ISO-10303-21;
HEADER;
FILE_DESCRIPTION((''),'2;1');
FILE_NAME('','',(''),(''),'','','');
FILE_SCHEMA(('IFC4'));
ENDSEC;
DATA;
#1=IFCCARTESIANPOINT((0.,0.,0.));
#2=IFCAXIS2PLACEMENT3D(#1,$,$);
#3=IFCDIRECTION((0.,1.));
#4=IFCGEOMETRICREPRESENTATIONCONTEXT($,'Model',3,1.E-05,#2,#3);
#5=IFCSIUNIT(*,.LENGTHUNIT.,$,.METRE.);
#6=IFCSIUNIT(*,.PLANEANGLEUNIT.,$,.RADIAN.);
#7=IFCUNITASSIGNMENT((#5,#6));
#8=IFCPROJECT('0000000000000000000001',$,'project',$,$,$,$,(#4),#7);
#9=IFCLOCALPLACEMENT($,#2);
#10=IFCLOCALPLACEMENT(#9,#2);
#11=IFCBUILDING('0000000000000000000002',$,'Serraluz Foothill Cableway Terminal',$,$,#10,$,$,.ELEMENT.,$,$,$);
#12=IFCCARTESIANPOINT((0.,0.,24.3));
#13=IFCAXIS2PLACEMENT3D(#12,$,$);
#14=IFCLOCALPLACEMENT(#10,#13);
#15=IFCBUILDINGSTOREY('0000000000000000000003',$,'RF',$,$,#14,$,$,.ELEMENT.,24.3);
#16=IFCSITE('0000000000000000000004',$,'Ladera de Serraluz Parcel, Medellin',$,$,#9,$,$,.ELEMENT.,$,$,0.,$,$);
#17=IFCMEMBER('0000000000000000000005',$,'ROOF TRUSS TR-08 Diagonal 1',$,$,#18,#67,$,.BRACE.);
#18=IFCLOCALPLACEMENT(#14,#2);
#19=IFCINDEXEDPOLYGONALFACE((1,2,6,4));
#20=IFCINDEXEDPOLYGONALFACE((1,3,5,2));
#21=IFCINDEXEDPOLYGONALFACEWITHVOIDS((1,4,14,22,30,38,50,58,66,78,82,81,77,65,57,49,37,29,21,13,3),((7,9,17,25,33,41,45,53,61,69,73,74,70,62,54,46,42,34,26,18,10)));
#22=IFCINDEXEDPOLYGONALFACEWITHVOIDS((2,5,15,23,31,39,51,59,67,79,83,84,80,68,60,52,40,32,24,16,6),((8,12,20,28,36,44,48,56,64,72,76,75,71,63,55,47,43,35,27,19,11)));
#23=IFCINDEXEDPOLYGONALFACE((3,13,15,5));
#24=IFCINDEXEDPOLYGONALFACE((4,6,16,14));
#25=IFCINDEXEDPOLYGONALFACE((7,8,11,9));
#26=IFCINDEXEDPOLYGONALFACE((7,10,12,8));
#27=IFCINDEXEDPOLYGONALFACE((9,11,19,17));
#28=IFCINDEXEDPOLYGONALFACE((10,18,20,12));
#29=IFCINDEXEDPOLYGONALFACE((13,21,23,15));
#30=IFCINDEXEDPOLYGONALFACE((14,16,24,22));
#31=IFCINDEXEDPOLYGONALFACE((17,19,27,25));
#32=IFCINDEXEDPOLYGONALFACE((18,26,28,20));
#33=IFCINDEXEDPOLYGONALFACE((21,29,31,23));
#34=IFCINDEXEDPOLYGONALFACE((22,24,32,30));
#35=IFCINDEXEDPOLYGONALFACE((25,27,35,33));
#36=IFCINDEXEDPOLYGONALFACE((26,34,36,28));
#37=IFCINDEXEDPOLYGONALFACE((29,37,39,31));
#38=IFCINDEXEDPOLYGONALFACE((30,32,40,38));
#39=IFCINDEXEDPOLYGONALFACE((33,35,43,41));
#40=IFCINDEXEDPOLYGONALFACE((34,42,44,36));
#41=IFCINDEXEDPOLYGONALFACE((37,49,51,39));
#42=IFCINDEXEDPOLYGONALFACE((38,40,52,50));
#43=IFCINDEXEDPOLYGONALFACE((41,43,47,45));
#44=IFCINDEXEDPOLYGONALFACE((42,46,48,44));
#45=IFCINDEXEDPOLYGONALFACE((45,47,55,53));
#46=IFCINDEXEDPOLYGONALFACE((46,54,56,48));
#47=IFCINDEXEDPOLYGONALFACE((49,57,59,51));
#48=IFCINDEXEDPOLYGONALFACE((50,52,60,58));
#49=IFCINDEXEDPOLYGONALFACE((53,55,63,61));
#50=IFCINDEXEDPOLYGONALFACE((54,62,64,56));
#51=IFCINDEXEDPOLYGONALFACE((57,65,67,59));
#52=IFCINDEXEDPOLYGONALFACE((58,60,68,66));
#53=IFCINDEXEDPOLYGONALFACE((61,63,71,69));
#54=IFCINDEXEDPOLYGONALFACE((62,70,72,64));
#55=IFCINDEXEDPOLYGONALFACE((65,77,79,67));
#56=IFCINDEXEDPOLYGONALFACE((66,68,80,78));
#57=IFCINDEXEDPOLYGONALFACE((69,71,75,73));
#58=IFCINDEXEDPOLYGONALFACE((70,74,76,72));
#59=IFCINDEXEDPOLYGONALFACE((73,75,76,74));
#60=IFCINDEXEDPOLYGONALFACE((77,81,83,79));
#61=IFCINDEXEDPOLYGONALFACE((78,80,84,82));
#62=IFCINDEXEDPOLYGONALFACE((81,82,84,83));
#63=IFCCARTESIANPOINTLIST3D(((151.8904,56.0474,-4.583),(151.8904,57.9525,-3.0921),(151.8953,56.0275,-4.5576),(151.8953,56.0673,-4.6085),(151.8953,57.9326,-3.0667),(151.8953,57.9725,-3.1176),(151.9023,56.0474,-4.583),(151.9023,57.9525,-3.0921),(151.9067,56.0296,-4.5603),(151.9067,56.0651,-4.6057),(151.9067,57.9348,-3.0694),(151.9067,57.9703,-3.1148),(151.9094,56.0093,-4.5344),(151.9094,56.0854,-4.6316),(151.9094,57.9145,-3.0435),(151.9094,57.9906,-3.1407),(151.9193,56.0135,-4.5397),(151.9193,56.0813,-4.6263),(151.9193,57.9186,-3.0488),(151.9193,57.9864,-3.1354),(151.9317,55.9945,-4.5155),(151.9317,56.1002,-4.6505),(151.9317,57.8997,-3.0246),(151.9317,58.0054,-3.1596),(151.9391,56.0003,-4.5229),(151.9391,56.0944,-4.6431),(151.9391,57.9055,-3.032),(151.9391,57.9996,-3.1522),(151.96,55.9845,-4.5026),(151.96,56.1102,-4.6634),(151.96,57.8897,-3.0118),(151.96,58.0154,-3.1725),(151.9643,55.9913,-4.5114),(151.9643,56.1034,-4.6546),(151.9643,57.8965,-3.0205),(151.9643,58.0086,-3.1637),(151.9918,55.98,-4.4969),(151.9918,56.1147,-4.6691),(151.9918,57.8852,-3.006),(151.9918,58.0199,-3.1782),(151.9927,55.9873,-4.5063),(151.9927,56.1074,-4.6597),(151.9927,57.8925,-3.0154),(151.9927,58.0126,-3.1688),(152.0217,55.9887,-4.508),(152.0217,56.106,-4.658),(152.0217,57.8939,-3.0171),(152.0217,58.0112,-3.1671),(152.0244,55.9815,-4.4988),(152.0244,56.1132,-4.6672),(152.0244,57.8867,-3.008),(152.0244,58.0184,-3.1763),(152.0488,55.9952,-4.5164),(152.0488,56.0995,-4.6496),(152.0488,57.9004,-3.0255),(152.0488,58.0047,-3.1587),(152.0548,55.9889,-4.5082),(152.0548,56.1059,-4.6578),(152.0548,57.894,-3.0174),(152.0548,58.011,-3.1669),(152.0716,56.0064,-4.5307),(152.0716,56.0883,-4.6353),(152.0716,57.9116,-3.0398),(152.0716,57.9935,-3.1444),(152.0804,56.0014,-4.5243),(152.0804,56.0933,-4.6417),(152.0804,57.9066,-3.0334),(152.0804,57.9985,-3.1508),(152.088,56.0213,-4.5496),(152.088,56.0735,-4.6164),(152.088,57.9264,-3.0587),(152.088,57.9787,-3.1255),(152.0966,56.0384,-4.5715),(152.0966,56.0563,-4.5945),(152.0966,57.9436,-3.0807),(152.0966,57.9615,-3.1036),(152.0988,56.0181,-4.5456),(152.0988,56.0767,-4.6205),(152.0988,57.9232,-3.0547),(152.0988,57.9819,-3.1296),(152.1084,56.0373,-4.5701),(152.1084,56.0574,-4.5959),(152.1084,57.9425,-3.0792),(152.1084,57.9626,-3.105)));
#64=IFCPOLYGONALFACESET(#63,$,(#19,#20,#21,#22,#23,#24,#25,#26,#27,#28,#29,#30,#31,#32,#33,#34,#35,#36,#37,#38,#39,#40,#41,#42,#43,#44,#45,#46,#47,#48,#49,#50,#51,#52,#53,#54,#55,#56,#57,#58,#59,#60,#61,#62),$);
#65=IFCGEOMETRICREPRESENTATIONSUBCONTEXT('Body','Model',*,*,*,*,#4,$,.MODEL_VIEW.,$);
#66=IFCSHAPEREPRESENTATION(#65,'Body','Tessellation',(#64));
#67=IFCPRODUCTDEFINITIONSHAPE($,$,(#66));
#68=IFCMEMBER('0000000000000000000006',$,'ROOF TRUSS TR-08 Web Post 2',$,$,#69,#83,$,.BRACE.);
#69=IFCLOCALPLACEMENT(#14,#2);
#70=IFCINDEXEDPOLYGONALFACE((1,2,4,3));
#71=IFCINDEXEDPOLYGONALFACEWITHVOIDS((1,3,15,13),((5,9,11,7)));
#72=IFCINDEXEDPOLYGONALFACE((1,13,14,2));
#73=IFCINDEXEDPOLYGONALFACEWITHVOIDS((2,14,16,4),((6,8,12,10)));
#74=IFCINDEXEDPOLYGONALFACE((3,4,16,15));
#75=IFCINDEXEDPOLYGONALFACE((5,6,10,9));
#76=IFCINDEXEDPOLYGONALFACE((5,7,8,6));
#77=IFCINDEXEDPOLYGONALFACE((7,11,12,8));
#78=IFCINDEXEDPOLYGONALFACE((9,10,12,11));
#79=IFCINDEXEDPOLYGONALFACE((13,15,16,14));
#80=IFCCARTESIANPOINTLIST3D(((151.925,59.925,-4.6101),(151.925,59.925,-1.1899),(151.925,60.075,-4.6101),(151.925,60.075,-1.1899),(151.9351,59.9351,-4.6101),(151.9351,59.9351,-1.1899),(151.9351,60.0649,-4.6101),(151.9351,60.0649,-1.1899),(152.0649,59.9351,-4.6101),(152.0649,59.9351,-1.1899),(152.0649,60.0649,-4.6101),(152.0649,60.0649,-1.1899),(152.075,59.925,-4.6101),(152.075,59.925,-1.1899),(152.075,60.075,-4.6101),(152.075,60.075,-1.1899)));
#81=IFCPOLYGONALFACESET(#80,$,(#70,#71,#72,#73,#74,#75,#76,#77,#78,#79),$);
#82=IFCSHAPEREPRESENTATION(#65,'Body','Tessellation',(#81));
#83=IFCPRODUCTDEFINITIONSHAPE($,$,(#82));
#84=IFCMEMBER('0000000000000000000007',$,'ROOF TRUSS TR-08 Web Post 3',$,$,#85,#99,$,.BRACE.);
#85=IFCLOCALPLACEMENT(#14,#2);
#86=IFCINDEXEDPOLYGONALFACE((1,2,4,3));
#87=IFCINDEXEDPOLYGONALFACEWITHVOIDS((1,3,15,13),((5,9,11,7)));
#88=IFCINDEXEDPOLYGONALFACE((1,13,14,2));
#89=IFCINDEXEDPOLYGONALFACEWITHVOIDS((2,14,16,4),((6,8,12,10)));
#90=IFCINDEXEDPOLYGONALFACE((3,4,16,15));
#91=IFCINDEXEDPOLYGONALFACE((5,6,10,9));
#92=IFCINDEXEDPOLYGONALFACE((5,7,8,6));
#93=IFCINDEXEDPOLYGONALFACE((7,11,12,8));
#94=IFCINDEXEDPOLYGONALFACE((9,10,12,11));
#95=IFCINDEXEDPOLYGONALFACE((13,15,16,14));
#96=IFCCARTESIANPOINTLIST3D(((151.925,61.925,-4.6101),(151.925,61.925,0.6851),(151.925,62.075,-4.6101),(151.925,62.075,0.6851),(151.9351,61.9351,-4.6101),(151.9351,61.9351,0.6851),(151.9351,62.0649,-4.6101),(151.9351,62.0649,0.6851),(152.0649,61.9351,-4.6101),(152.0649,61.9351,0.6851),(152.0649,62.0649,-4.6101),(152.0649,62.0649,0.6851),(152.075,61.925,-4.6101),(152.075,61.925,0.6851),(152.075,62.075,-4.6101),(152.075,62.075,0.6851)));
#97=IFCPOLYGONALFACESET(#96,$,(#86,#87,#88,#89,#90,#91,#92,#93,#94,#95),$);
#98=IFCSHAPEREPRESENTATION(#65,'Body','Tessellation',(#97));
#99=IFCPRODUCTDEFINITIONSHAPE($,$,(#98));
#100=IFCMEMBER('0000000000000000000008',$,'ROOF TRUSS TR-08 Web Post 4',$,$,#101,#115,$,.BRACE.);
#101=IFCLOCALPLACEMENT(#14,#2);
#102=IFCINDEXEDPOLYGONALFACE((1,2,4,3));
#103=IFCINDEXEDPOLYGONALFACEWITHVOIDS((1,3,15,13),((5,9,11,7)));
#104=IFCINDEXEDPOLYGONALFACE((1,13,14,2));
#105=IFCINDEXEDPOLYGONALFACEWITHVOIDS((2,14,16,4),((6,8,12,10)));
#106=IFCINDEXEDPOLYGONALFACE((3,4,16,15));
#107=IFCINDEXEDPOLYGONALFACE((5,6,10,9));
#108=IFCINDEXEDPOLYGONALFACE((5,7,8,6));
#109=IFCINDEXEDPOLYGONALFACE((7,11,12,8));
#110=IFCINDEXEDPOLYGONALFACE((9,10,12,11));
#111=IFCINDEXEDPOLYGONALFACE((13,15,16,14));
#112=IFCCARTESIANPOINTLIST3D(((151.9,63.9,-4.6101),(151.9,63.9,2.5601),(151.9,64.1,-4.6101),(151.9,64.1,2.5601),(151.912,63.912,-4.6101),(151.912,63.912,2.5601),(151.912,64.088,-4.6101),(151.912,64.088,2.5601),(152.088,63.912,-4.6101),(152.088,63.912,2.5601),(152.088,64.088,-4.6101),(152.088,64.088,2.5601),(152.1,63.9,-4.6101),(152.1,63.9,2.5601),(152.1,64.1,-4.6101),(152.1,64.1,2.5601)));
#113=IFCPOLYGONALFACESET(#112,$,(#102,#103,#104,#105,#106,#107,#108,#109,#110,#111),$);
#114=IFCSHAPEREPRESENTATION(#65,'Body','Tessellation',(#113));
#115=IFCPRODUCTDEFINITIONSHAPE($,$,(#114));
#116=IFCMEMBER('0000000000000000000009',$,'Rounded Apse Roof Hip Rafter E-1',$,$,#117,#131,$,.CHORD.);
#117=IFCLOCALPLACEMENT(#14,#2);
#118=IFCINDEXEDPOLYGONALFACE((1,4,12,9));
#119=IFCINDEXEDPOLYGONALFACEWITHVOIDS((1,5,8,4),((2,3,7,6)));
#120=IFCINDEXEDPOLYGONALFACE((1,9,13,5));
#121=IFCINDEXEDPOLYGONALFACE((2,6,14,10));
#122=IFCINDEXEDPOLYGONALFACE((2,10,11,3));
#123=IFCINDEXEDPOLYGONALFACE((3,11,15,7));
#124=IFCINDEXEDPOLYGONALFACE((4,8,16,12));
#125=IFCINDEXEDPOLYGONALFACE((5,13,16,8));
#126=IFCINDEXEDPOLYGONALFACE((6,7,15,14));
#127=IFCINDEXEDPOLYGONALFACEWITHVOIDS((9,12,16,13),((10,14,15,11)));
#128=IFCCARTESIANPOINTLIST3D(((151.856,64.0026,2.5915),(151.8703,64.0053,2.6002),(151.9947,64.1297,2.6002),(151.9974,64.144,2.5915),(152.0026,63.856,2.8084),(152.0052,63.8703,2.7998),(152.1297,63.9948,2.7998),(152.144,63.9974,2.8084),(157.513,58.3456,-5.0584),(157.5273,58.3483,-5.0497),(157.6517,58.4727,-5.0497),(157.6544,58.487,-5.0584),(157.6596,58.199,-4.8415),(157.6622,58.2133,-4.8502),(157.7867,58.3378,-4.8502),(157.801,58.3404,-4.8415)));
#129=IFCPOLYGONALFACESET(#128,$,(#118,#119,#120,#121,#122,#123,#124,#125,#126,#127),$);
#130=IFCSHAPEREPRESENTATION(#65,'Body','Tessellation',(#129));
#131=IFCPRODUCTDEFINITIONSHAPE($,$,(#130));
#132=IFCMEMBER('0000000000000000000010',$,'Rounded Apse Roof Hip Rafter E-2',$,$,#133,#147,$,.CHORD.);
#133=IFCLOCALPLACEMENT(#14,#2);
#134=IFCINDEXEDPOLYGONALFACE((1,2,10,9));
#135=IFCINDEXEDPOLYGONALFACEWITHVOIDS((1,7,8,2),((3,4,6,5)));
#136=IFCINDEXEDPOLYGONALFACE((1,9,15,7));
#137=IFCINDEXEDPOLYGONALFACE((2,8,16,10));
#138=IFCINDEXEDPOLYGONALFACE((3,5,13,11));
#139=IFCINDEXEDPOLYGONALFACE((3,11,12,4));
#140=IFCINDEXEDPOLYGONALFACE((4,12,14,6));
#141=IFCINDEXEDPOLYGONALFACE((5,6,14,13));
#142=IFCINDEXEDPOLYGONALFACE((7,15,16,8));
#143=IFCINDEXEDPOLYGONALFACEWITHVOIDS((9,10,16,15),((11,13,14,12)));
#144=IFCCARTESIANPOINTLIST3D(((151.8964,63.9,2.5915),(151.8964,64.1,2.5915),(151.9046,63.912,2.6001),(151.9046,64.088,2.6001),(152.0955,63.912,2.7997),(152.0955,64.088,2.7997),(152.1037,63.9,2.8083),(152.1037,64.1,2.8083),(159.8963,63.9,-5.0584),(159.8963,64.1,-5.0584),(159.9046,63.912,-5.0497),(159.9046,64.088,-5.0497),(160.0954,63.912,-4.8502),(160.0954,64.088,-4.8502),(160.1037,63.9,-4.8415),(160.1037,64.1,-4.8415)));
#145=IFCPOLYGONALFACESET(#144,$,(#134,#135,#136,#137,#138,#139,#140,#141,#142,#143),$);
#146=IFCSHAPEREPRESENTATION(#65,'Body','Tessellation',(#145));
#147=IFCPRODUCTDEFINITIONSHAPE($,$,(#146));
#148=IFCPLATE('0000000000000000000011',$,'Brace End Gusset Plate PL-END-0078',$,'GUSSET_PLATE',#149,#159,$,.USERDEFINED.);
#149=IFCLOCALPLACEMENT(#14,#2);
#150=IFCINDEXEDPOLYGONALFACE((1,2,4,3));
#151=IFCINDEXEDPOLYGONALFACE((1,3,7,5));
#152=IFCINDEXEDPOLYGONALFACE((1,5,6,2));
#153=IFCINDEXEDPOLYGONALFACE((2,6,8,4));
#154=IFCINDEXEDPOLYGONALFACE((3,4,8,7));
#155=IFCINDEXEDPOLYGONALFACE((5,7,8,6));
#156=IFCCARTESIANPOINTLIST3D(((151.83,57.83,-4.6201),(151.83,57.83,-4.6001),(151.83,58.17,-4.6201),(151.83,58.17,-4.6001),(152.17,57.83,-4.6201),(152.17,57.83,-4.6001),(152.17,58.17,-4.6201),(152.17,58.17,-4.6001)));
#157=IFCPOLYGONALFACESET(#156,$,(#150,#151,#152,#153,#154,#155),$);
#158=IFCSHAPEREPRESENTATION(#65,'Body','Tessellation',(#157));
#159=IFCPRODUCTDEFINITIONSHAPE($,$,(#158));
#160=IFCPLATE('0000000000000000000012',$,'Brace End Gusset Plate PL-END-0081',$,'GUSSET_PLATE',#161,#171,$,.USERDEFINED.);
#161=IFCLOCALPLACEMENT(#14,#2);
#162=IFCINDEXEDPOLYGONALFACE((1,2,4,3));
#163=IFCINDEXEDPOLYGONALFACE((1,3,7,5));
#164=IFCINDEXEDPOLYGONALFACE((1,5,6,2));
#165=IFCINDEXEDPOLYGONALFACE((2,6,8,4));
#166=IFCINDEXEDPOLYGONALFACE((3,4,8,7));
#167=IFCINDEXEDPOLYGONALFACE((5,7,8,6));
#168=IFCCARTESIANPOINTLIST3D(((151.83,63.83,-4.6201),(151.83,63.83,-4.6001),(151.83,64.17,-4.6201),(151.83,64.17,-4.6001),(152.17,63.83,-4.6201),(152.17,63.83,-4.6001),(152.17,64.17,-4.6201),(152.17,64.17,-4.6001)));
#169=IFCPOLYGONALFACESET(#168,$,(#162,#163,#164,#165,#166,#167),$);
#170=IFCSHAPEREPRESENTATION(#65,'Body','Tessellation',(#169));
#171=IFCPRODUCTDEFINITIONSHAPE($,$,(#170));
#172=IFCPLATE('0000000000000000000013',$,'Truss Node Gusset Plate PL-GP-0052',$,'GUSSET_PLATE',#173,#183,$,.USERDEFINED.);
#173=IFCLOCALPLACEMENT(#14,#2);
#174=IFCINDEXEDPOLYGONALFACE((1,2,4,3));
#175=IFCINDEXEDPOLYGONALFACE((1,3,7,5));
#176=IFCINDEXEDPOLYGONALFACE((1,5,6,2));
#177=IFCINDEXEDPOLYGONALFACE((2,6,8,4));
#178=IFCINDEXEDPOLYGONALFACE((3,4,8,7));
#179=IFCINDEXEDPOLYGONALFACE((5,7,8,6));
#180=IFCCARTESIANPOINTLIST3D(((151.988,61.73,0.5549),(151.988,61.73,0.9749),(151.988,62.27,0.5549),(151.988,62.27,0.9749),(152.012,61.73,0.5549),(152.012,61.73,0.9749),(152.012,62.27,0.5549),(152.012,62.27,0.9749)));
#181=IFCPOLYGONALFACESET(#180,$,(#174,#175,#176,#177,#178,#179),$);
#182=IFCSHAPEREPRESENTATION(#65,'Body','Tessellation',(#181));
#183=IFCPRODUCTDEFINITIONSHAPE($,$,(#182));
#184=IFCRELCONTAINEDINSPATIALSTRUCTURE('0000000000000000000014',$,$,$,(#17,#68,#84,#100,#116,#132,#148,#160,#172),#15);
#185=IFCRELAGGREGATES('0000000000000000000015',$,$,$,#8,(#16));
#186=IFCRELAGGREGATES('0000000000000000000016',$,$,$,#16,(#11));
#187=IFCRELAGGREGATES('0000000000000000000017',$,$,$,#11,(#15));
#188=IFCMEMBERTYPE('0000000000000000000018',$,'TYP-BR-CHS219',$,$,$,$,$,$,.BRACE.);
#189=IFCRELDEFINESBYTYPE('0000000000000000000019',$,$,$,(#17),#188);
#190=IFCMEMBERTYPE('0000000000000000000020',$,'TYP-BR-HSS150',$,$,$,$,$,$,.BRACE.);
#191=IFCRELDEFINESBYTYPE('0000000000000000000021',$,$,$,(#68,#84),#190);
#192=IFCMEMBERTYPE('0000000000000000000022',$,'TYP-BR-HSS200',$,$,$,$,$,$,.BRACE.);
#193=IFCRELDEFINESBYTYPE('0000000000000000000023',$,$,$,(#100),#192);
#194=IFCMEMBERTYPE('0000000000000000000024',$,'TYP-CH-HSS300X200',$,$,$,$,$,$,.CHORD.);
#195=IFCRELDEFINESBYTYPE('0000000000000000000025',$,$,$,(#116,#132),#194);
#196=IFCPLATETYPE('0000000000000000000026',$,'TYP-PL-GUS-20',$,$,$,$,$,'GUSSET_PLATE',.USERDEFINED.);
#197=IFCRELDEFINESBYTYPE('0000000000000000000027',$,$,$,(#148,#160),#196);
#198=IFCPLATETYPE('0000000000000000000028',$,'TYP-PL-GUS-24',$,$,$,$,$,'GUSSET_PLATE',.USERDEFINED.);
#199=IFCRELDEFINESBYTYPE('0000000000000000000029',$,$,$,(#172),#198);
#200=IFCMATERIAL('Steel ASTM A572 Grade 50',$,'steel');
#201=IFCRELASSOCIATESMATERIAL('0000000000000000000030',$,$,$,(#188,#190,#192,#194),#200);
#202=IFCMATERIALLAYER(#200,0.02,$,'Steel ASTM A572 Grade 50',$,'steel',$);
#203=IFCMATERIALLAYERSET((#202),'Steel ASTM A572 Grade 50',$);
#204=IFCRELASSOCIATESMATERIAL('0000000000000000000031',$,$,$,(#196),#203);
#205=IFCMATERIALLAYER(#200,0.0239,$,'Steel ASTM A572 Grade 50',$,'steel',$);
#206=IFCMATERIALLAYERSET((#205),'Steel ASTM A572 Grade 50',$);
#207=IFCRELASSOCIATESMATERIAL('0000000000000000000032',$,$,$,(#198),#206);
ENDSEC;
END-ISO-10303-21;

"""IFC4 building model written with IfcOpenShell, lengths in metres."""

from ifc_helpers import new_model, si_unit, direction, frame, origin, origin_2d, place, context, subcontext, project, spatial, rectangle, hollow_rectangle, hollow_circle, extrude, material, layer, layer_set, material_profile, profile_set, type_object, element, save


model = new_model("IFC4")

# Units and contexts
model_context = context("Model", 3, precision=1e-05, world=origin(), true_north=direction((0.0, 1.0)))
body_context = subcontext(model_context, "Body", "Model", "MODEL_VIEW")
ifc_project = project(units=[si_unit("LENGTHUNIT", "METRE"), si_unit("PLANEANGLEUNIT", "RADIAN")], contexts=[model_context])

# Site, building, storey
site_placement = place(None, origin())
site = spatial("IfcSite", under=ifc_project, at=site_placement, Name="Ladera de Serraluz Parcel, Medellin", CompositionType="ELEMENT", RefElevation=0.0)
building_placement = place(site_placement, origin())
building = spatial("IfcBuilding", under=site, at=building_placement, Name="Serraluz Foothill Cableway Terminal", CompositionType="ELEMENT")
storey_placement = place(building_placement, frame((0.0, 0.0, 24.3)))
storey = spatial("IfcBuildingStorey", under=building, at=storey_placement, Name="RF", CompositionType="ELEMENT", Elevation=24.3)

# Members
ifc_material_1 = material(Name="Steel ASTM A572 Grade 50", Category="steel")
ifc_material_profile_1 = material_profile(ifc_material_1, hollow_circle(Radius=0.1096, WallThickness=0.012, at=origin_2d()), Name="CHS219X12")
ifc_profile_set_1 = profile_set([ifc_material_profile_1], Name="Steel ASTM A572 Grade 50")
member_type_1 = type_object("IfcMemberType", Name="TYP-BR-CHS219", PredefinedType="BRACE", material=ifc_profile_set_1)
member_1_placement = place(storey_placement, frame((152.0, 56.0474, -4.583), z_axis=(0.0, 0.787528, 0.616278), x_axis=(-1.0, 0.0, 0.0)))
element("IfcMember", 1, at=member_1_placement, inside=storey, type_object=member_type_1, Name="ROOF TRUSS TR-08 Diagonal 1", PredefinedType="BRACE", context=body_context, shape_type="SweptSolid", body=[
    extrude(hollow_circle(Radius=0.1096, WallThickness=0.012, at=origin_2d()), origin(), (0.0, 0.0, 1.0), 2.4192),
])
ifc_material_profile_2 = material_profile(ifc_material_1, hollow_rectangle(XDim=0.1499, YDim=0.1499, WallThickness=0.01, at=origin_2d()), Name="HSS150X150X10")
ifc_profile_set_2 = profile_set([ifc_material_profile_2], Name="Steel ASTM A572 Grade 50")
member_type_2 = type_object("IfcMemberType", Name="TYP-BR-HSS150", PredefinedType="BRACE", material=ifc_profile_set_2)
member_2_placement = place(storey_placement, frame((152.0, 60.0, -4.6101), z_axis=(0.0, 0.0, 1.0), x_axis=(1.0, 0.0, 0.0)))
element("IfcMember", 2, at=member_2_placement, inside=storey, type_object=member_type_2, Name="ROOF TRUSS TR-08 Web Post 2", PredefinedType="BRACE", context=body_context, shape_type="SweptSolid", body=[
    extrude(hollow_rectangle(XDim=0.1499, YDim=0.1499, WallThickness=0.01, at=origin_2d()), origin(), (0.0, 0.0, 1.0), 3.4202),
])
member_3_placement = place(storey_placement, frame((152.0, 62.0, -4.6101), z_axis=(0.0, 0.0, 1.0), x_axis=(1.0, 0.0, 0.0)))
element("IfcMember", 3, at=member_3_placement, inside=storey, type_object=member_type_2, Name="ROOF TRUSS TR-08 Web Post 3", PredefinedType="BRACE", context=body_context, shape_type="SweptSolid", body=[
    extrude(hollow_rectangle(XDim=0.1499, YDim=0.1499, WallThickness=0.01, at=origin_2d()), origin(), (0.0, 0.0, 1.0), 5.2952),
])
ifc_material_profile_3 = material_profile(ifc_material_1, hollow_rectangle(XDim=0.2, YDim=0.2, WallThickness=0.012, at=origin_2d()), Name="HSS200X200X12")
ifc_profile_set_3 = profile_set([ifc_material_profile_3], Name="Steel ASTM A572 Grade 50")
member_type_3 = type_object("IfcMemberType", Name="TYP-BR-HSS200", PredefinedType="BRACE", material=ifc_profile_set_3)
member_4_placement = place(storey_placement, frame((152.0, 64.0, -4.6101), z_axis=(0.0, 0.0, 1.0), x_axis=(1.0, 0.0, 0.0)))
element("IfcMember", 4, at=member_4_placement, inside=storey, type_object=member_type_3, Name="ROOF TRUSS TR-08 Web Post 4", PredefinedType="BRACE", context=body_context, shape_type="SweptSolid", body=[
    extrude(hollow_rectangle(XDim=0.2, YDim=0.2, WallThickness=0.012, at=origin_2d()), origin(), (0.0, 0.0, 1.0), 7.1702),
])
ifc_material_profile_4 = material_profile(ifc_material_1, hollow_rectangle(XDim=0.2, YDim=0.3, WallThickness=0.012, at=origin_2d()), Name="HSS300X200X12")
ifc_profile_set_4 = profile_set([ifc_material_profile_4], Name="Steel ASTM A572 Grade 50")
member_type_4 = type_object("IfcMemberType", Name="TYP-CH-HSS300X200", PredefinedType="CHORD", material=ifc_profile_set_4)
member_5_placement = place(storey_placement, frame((157.657, 58.343, -4.95), z_axis=(-0.511063, 0.511063, 0.691107), x_axis=(-0.707107, -0.707107, 0.0)))
element("IfcMember", 5, at=member_5_placement, inside=storey, type_object=member_type_4, Name="Rounded Apse Roof Hip Rafter E-1", PredefinedType="CHORD", context=body_context, shape_type="SweptSolid", body=[
    extrude(hollow_rectangle(XDim=0.2, YDim=0.3, WallThickness=0.012, at=origin_2d()), origin(), (0.0, 0.0, 1.0), 11.0691),
])
member_6_placement = place(storey_placement, frame((160.0, 64.0, -4.95), z_axis=(-0.722744, 0.0, 0.691115), x_axis=(0.0, -1.0, 0.0)))
element("IfcMember", 6, at=member_6_placement, inside=storey, type_object=member_type_4, Name="Rounded Apse Roof Hip Rafter E-2", PredefinedType="CHORD", context=body_context, shape_type="SweptSolid", body=[
    extrude(hollow_rectangle(XDim=0.2, YDim=0.3, WallThickness=0.012, at=origin_2d()), origin(), (0.0, 0.0, 1.0), 11.0688),
])

# Plates
ifc_layer_1 = layer(ifc_material_1, 0.02, Name="Steel ASTM A572 Grade 50", Category="steel")
ifc_layer_set_1 = layer_set([ifc_layer_1], Name="Steel ASTM A572 Grade 50")
plate_type_1 = type_object("IfcPlateType", Name="TYP-PL-GUS-20", ElementType="GUSSET_PLATE", PredefinedType="USERDEFINED", material=ifc_layer_set_1)
for number, where, z_axis, x_axis, name in (
    (7, (152.0, 58.0, -4.6201), (0.0, 0.0, 1.0), (1.0, 0.0, 0.0), "Brace End Gusset Plate PL-END-0078"),
    (8, (152.0, 64.0, -4.6201), (0.0, 0.0, 1.0), (1.0, 0.0, 0.0), "Brace End Gusset Plate PL-END-0081"),
):
    element("IfcPlate", number, at=place(storey_placement, frame(where, z_axis=z_axis, x_axis=x_axis)), inside=storey, type_object=plate_type_1, Name=name, ObjectType="GUSSET_PLATE", PredefinedType="USERDEFINED", context=body_context, shape_type="SweptSolid", body=[
        extrude(rectangle(XDim=0.3401, YDim=0.3401, at=origin_2d()), origin(), (0.0, 0.0, 1.0), 0.02),
    ])
ifc_layer_2 = layer(ifc_material_1, 0.0239, Name="Steel ASTM A572 Grade 50", Category="steel")
ifc_layer_set_2 = layer_set([ifc_layer_2], Name="Steel ASTM A572 Grade 50")
plate_type_2 = type_object("IfcPlateType", Name="TYP-PL-GUS-24", ElementType="GUSSET_PLATE", PredefinedType="USERDEFINED", material=ifc_layer_set_2)
plate_1_placement = place(storey_placement, frame((152.0, 62.0, 0.5549), z_axis=(0.0, 0.0, 1.0), x_axis=(1.0, 0.0, 0.0)))
element("IfcPlate", 9, at=plate_1_placement, inside=storey, type_object=plate_type_2, Name="Truss Node Gusset Plate PL-GP-0052", ObjectType="GUSSET_PLATE", PredefinedType="USERDEFINED", context=body_context, shape_type="SweptSolid", body=[
    extrude(rectangle(XDim=0.0239, YDim=0.54, at=origin_2d()), origin(), (0.0, 0.0, 1.0), 0.4199),
])

save(model, "model.ifc")
